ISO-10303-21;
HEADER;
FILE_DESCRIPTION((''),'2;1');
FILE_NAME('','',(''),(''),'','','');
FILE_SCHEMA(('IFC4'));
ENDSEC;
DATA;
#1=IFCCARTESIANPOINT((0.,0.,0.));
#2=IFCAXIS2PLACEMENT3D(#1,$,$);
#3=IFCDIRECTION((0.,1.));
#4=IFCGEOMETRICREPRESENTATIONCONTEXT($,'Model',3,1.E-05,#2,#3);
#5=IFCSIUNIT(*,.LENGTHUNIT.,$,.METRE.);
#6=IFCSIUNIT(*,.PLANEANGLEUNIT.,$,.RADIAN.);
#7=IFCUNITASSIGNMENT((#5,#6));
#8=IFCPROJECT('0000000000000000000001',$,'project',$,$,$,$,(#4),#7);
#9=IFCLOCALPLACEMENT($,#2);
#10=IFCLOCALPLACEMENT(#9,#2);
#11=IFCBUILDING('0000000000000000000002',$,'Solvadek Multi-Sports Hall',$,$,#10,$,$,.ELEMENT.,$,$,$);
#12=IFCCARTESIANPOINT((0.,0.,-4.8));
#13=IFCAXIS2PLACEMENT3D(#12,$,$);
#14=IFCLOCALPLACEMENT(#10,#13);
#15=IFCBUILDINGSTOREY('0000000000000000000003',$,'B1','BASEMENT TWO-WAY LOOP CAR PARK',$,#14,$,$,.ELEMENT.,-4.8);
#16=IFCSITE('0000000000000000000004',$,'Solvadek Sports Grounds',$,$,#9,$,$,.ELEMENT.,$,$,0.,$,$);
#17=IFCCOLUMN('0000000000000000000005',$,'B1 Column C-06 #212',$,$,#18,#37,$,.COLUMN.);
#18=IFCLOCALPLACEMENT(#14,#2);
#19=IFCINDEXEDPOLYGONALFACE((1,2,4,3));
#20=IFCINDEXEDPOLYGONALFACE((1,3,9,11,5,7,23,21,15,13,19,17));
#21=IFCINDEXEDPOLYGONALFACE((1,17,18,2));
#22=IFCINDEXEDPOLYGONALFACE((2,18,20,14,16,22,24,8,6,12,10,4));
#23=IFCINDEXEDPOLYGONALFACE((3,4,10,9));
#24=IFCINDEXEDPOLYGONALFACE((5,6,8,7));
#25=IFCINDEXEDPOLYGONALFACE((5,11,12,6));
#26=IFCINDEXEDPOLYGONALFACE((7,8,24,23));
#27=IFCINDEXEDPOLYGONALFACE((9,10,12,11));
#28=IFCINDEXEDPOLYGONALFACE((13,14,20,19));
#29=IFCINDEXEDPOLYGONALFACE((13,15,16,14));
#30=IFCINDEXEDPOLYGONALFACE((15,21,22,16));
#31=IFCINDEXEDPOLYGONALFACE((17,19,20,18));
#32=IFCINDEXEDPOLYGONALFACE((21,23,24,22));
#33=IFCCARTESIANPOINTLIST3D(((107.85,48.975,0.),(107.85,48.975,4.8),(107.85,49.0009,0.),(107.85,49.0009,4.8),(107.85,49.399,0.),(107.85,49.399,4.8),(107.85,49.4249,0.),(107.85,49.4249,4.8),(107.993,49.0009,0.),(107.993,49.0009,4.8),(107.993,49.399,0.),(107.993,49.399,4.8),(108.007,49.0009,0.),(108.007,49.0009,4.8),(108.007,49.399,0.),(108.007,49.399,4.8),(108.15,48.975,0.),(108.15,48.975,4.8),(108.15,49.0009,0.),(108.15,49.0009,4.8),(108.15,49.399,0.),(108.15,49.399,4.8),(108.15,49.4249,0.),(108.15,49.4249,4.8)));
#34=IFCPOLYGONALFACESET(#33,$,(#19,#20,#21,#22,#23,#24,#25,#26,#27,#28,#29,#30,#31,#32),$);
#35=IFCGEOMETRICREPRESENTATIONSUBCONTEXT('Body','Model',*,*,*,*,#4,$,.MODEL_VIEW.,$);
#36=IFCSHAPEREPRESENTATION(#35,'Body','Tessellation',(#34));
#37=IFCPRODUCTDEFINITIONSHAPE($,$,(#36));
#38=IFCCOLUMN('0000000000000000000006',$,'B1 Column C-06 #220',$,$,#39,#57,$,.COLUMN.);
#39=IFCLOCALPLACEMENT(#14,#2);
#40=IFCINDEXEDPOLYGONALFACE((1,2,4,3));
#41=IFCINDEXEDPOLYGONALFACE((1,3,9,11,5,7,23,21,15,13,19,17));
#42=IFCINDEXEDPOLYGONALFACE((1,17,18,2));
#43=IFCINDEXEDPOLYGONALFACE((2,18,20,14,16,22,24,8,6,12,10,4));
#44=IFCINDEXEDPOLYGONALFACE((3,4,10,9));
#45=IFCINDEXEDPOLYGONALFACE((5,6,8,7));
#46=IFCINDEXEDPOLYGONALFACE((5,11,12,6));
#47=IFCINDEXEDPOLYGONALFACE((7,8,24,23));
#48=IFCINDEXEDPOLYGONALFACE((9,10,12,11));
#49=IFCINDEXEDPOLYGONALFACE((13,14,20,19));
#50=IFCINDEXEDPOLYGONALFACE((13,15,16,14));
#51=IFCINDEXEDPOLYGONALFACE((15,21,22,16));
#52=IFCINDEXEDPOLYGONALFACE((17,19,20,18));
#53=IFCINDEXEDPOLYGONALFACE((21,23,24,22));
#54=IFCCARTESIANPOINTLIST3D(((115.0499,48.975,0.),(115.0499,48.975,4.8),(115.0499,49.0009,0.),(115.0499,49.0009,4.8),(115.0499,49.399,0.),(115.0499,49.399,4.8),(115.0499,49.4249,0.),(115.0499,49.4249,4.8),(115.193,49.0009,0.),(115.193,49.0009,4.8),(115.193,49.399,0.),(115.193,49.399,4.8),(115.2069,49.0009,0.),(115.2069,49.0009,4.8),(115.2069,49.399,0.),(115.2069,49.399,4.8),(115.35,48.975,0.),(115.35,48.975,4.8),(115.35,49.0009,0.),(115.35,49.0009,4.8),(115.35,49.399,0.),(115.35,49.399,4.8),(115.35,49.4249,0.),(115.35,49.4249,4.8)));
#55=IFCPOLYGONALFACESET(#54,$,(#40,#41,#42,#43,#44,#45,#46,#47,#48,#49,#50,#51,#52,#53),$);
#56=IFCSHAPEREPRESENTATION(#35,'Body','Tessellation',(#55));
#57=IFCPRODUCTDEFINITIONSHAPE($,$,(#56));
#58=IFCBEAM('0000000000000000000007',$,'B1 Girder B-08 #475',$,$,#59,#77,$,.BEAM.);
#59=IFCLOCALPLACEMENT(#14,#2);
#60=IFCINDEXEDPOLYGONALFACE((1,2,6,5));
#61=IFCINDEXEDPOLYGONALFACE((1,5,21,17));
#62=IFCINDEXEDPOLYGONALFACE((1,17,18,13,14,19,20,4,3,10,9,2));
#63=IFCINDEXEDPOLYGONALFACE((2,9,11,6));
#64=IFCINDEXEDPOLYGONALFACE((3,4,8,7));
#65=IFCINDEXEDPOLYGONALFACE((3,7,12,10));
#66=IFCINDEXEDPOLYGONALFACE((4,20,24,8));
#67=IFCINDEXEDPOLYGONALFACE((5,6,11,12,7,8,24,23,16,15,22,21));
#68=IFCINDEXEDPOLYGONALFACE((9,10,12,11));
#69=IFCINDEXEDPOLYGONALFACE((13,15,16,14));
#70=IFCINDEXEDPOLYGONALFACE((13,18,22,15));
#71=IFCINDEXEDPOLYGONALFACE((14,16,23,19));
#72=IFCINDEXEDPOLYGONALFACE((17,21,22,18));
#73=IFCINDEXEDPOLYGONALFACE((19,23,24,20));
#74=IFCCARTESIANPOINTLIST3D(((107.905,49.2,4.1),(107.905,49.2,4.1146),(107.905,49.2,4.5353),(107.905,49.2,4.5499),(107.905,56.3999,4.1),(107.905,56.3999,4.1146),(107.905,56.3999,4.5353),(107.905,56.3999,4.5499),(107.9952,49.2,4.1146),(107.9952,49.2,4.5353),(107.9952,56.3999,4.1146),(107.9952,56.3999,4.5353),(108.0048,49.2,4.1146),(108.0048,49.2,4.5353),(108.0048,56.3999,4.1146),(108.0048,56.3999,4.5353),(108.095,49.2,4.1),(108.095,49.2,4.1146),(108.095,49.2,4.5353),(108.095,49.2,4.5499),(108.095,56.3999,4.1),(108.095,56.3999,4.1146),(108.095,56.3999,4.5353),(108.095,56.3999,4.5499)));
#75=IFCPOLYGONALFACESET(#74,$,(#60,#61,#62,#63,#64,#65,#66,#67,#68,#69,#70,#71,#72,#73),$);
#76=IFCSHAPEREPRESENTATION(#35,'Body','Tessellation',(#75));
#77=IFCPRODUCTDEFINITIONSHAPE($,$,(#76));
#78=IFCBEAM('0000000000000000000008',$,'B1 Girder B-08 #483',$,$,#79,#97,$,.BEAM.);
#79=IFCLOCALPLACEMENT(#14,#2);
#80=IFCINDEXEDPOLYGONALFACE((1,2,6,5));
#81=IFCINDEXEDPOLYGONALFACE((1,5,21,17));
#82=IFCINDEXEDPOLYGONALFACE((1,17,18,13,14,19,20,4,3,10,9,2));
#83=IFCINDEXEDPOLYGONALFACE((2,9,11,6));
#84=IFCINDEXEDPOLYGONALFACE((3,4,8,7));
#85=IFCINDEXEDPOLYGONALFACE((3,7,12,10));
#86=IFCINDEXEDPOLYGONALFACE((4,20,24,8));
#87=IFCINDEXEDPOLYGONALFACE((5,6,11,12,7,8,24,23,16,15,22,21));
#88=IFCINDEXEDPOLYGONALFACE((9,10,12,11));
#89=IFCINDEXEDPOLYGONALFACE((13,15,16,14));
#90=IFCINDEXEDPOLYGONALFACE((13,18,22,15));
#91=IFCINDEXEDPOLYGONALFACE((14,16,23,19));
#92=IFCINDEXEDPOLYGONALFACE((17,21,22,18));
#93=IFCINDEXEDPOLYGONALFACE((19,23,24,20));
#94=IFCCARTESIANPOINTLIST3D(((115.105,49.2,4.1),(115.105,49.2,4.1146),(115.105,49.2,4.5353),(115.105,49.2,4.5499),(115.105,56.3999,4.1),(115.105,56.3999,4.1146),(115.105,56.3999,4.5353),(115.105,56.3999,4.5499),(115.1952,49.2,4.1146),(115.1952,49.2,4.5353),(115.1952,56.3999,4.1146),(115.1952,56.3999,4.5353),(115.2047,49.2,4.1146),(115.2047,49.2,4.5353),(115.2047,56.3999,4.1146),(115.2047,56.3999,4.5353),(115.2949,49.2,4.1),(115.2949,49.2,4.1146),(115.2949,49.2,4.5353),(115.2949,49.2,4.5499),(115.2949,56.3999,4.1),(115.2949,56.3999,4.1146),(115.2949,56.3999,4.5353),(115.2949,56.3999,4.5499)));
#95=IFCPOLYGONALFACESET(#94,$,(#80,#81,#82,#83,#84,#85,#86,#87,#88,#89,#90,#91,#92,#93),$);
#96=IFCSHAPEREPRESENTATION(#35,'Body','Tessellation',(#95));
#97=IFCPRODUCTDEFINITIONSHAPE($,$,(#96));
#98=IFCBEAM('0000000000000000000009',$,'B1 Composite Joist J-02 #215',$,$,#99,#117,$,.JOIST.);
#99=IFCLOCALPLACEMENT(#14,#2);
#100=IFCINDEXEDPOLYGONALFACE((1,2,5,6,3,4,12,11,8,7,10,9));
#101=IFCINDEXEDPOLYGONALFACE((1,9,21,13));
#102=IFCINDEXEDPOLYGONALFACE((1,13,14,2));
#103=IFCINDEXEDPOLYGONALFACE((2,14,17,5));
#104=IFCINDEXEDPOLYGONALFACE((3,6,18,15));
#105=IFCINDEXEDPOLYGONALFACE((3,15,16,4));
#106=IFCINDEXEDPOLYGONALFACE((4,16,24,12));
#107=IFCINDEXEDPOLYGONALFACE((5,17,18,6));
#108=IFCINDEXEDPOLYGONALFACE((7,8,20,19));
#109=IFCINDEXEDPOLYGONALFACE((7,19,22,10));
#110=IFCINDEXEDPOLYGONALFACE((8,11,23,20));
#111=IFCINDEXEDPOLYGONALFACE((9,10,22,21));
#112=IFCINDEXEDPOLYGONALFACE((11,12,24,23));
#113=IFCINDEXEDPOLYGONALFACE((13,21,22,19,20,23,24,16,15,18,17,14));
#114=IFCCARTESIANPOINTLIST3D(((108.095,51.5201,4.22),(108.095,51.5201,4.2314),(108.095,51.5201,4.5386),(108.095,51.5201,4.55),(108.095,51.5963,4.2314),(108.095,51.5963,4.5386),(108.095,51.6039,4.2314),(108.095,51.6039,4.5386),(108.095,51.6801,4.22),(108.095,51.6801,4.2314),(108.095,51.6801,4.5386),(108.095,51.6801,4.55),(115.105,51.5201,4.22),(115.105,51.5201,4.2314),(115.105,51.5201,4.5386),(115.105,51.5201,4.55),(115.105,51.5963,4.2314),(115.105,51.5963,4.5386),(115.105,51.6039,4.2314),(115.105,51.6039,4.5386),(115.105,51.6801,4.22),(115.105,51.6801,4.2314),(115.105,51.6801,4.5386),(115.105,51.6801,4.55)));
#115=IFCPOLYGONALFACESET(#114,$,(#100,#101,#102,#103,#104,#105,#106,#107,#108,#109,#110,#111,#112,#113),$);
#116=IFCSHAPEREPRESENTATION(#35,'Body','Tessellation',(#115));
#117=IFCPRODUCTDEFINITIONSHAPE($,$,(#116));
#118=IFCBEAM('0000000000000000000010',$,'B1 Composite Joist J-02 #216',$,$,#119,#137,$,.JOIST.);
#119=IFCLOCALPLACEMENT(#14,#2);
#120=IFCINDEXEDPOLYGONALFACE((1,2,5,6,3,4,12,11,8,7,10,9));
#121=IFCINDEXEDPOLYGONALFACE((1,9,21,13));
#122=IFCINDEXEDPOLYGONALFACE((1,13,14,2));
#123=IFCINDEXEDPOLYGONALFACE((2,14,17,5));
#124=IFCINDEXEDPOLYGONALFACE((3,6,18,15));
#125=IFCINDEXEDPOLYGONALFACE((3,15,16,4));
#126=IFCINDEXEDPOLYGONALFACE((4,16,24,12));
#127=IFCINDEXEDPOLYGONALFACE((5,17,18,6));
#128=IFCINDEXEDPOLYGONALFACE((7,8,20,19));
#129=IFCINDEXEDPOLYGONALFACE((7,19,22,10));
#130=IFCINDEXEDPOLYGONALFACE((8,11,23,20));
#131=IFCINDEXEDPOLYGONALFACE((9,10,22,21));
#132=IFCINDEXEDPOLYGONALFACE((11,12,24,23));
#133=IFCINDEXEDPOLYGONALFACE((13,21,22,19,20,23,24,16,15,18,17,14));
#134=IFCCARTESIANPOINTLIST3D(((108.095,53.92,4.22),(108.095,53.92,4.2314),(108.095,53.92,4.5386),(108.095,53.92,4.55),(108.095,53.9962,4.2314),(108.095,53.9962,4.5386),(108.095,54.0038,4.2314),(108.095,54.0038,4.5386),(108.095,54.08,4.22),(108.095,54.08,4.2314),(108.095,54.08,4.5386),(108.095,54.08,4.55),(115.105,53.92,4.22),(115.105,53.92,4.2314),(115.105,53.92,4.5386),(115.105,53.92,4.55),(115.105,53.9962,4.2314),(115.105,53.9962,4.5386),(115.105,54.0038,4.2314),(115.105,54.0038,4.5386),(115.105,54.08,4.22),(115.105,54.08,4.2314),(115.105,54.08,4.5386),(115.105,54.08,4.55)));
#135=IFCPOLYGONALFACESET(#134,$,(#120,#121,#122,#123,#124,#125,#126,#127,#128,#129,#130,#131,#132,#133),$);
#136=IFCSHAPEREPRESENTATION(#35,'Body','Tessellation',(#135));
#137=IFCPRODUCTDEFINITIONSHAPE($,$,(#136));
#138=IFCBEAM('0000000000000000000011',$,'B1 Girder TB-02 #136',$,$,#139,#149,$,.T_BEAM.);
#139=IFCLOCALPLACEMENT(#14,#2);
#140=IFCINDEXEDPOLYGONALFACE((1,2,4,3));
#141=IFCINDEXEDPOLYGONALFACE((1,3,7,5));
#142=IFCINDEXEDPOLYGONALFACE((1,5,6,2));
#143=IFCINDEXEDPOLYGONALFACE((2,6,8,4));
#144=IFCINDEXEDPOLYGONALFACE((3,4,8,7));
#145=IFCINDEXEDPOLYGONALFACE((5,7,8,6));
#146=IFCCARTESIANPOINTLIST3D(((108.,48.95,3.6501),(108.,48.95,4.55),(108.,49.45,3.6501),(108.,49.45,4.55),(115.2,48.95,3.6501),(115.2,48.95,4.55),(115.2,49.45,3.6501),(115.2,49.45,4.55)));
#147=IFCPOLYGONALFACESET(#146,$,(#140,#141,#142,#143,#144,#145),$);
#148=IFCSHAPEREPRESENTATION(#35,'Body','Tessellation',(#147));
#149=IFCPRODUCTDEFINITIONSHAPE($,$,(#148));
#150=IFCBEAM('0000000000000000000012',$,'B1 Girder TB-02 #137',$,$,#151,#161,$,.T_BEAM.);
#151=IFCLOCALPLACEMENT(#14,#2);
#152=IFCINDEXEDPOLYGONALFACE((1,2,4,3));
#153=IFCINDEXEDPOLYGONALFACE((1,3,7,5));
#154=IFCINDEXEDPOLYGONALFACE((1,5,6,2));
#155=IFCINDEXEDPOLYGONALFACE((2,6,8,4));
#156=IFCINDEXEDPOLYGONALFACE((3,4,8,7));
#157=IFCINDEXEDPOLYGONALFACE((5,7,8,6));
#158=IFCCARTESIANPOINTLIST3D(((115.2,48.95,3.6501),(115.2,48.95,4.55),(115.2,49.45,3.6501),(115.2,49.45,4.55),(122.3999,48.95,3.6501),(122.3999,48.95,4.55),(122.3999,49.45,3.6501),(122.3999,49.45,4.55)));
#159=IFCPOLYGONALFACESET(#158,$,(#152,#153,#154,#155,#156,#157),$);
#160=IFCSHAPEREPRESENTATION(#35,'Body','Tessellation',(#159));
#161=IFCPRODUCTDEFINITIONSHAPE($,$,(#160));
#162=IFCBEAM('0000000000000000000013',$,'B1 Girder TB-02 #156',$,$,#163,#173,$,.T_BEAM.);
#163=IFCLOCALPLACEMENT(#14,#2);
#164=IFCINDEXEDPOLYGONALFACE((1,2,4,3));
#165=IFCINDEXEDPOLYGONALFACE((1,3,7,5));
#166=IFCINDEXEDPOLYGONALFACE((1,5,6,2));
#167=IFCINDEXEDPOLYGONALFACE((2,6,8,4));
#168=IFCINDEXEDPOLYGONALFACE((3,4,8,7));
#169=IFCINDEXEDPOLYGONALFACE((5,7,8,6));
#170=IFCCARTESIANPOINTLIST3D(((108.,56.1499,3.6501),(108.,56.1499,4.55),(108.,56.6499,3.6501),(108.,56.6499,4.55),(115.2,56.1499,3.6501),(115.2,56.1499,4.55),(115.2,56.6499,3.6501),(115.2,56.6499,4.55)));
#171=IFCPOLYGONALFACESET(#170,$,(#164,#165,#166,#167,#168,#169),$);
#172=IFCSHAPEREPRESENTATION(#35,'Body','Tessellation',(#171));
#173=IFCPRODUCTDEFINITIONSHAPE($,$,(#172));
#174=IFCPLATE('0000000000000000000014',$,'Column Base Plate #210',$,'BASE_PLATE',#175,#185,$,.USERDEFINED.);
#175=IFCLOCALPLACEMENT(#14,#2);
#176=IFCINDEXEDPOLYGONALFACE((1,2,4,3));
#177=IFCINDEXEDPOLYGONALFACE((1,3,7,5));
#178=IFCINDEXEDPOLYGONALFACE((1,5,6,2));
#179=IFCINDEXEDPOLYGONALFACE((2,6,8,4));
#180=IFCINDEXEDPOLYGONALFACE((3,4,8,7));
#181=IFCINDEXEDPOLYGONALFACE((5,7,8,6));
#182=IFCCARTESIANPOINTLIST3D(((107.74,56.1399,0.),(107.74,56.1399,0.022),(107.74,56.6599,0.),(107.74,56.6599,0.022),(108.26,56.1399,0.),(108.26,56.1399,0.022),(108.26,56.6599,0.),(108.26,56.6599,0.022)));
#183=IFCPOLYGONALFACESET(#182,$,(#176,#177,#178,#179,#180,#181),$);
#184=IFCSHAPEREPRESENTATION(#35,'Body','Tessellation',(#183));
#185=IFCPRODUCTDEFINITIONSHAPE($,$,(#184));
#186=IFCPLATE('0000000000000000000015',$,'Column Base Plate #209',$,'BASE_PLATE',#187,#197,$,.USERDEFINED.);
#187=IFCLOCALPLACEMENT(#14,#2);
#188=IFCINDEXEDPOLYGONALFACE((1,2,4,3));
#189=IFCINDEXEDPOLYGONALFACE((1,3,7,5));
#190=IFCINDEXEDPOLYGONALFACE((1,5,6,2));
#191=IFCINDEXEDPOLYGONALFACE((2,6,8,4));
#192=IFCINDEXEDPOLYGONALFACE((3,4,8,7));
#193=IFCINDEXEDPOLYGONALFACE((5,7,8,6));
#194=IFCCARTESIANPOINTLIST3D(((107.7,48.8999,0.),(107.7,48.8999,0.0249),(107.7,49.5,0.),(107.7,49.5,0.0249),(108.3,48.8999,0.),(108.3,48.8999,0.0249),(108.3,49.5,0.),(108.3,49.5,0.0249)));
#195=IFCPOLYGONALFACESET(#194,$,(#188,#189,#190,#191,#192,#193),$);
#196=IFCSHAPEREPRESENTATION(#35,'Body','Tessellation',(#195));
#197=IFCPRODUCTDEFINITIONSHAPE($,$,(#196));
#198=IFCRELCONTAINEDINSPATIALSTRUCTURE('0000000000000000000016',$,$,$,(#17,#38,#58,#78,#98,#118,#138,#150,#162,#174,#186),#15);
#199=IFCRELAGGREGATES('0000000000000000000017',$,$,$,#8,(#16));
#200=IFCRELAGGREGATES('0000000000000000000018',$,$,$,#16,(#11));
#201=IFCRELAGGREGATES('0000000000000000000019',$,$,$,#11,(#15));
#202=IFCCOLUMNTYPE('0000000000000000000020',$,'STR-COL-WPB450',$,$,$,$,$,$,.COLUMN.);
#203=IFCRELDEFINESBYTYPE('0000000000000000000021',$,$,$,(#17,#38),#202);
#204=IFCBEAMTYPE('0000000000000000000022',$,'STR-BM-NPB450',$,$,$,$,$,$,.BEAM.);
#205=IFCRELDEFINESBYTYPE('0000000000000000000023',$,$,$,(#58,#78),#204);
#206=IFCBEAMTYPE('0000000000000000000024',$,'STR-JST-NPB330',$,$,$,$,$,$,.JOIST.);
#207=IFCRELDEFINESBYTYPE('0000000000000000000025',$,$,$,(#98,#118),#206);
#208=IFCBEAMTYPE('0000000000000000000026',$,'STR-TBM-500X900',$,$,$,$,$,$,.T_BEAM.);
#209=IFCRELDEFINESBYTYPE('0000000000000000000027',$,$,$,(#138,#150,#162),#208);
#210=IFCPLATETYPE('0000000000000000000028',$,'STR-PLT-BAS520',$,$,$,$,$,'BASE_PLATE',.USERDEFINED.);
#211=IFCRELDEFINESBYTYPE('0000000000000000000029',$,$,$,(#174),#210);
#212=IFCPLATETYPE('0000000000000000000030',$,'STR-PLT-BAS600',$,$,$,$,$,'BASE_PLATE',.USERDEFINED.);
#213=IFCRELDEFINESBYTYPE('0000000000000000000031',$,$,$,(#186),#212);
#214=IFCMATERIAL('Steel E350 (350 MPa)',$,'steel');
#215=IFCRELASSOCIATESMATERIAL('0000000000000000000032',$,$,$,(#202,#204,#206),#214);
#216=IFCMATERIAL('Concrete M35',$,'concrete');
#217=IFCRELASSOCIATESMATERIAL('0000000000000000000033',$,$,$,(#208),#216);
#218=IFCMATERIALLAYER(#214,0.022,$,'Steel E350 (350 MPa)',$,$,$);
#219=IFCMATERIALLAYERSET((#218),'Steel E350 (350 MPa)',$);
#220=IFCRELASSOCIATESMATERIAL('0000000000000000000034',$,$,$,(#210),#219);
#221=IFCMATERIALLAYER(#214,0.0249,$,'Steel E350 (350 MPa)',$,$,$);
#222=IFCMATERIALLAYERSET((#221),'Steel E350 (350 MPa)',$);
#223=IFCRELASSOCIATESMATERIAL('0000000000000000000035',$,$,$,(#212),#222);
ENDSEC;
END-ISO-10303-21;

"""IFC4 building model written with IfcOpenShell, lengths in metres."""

from ifc_helpers import new_model, si_unit, direction, frame, origin, origin_2d, place, context, subcontext, project, spatial, rectangle, i_section, extrude, material, layer, layer_set, material_profile, profile_set, type_object, element, save


model = new_model("IFC4")

# Units and contexts
model_context = context("Model", 3, precision=1e-05, world=origin(), true_north=direction((0.0, 1.0)))
body_context = subcontext(model_context, "Body", "Model", "MODEL_VIEW")
ifc_project = project(units=[si_unit("LENGTHUNIT", "METRE"), si_unit("PLANEANGLEUNIT", "RADIAN")], contexts=[model_context])

# Site, building, storey
site_placement = place(None, origin())
site = spatial("IfcSite", under=ifc_project, at=site_placement, Name="Solvadek Sports Grounds", CompositionType="ELEMENT", RefElevation=0.0)
building_placement = place(site_placement, origin())
building = spatial("IfcBuilding", under=site, at=building_placement, Name="Solvadek Multi-Sports Hall", CompositionType="ELEMENT")
storey_placement = place(building_placement, frame((0.0, 0.0, -4.8)))
storey = spatial("IfcBuildingStorey", under=building, at=storey_placement, Name="B1", Description="BASEMENT TWO-WAY LOOP CAR PARK", CompositionType="ELEMENT", Elevation=-4.8)

# Shared definitions
ifc_material_1 = material(Name="Concrete M35", Category="concrete")

# Columns
ifc_material_2 = material(Name="Steel E350 (350 MPa)", Category="steel")
ifc_material_profile_1 = material_profile(ifc_material_2, i_section(OverallWidth=0.3, OverallDepth=0.45, WebThickness=0.0139, FlangeThickness=0.0259, at=origin_2d()), Name="WPB 450")
ifc_profile_set_1 = profile_set([ifc_material_profile_1], Name="Steel E350 (350 MPa)")
column_type_1 = type_object("IfcColumnType", Name="STR-COL-WPB450", PredefinedType="COLUMN", material=ifc_profile_set_1)
for number, where, z_axis, x_axis, name in (
    (1, (108.0, 49.2, 0.0), (0.0, 0.0, 1.0), (1.0, 0.0, 0.0), "B1 Column C-06 #212"),
    (2, (115.2, 49.2, 0.0), (0.0, 0.0, 1.0), (1.0, 0.0, 0.0), "B1 Column C-06 #220"),
):
    element("IfcColumn", number, at=place(storey_placement, frame(where, z_axis=z_axis, x_axis=x_axis)), inside=storey, type_object=column_type_1, Name=name, PredefinedType="COLUMN", context=body_context, shape_type="SweptSolid", body=[
        extrude(i_section(OverallWidth=0.3, OverallDepth=0.45, WebThickness=0.0139, FlangeThickness=0.0259, at=origin_2d()), origin(), (0.0, 0.0, 1.0), 4.8),
    ])

# Beams
ifc_material_profile_2 = material_profile(ifc_material_2, i_section(OverallWidth=0.1899, OverallDepth=0.45, WebThickness=0.0095, FlangeThickness=0.0146, at=origin_2d()), Name="NPB 450")
ifc_profile_set_2 = profile_set([ifc_material_profile_2], Name="Steel E350 (350 MPa)")
beam_type_1 = type_object("IfcBeamType", Name="STR-BM-NPB450", PredefinedType="BEAM", material=ifc_profile_set_2)
for number, where, z_axis, x_axis, name in (
    (3, (108.0, 49.2, 4.325), (0.0, 1.0, 0.0), (-1.0, 0.0, 0.0), "B1 Girder B-08 #475"),
    (4, (115.2, 49.2, 4.325), (0.0, 1.0, 0.0), (-1.0, 0.0, 0.0), "B1 Girder B-08 #483"),
):
    element("IfcBeam", number, at=place(storey_placement, frame(where, z_axis=z_axis, x_axis=x_axis)), inside=storey, type_object=beam_type_1, Name=name, PredefinedType="BEAM", context=body_context, shape_type="SweptSolid", body=[
        extrude(i_section(OverallWidth=0.1899, OverallDepth=0.45, WebThickness=0.0095, FlangeThickness=0.0146, at=origin_2d()), origin(), (0.0, 0.0, 1.0), 7.2),
    ])
ifc_material_profile_3 = material_profile(ifc_material_2, i_section(OverallWidth=0.1599, OverallDepth=0.3301, WebThickness=0.0076, FlangeThickness=0.0115, at=origin_2d()), Name="NPB 330")
ifc_profile_set_3 = profile_set([ifc_material_profile_3], Name="Steel E350 (350 MPa)")
beam_type_2 = type_object("IfcBeamType", Name="STR-JST-NPB330", PredefinedType="JOIST", material=ifc_profile_set_3)
for number, where, z_axis, x_axis, name in (
    (5, (108.095, 51.6001, 4.385), (1.0, 0.0, 0.0), (0.0, 1.0, 0.0), "B1 Composite Joist J-02 #215"),
    (6, (108.095, 54.0, 4.385), (1.0, 0.0, 0.0), (0.0, 1.0, 0.0), "B1 Composite Joist J-02 #216"),
):
    element("IfcBeam", number, at=place(storey_placement, frame(where, z_axis=z_axis, x_axis=x_axis)), inside=storey, type_object=beam_type_2, Name=name, PredefinedType="JOIST", context=body_context, shape_type="SweptSolid", body=[
        extrude(i_section(OverallWidth=0.1599, OverallDepth=0.3301, WebThickness=0.0076, FlangeThickness=0.0115, at=origin_2d()), origin(), (0.0, 0.0, 1.0), 7.01),
    ])
ifc_material_profile_4 = material_profile(ifc_material_1, rectangle(XDim=0.5, YDim=0.8999, at=origin_2d()), Name="RC T-BEAM 500x900")
ifc_profile_set_4 = profile_set([ifc_material_profile_4], Name="Concrete M35")
beam_type_3 = type_object("IfcBeamType", Name="STR-TBM-500X900", PredefinedType="T_BEAM", material=ifc_profile_set_4)
for number, where, z_axis, x_axis, name in (
    (7, (108.0, 49.2, 4.1001), (1.0, 0.0, 0.0), (0.0, 1.0, 0.0), "B1 Girder TB-02 #136"),
    (8, (115.2, 49.2, 4.1001), (1.0, 0.0, 0.0), (0.0, 1.0, 0.0), "B1 Girder TB-02 #137"),
    (9, (108.0, 56.3999, 4.1001), (1.0, 0.0, 0.0), (0.0, 1.0, 0.0), "B1 Girder TB-02 #156"),
):
    element("IfcBeam", number, at=place(storey_placement, frame(where, z_axis=z_axis, x_axis=x_axis)), inside=storey, type_object=beam_type_3, Name=name, PredefinedType="T_BEAM", context=body_context, shape_type="SweptSolid", body=[
        extrude(rectangle(XDim=0.5, YDim=0.8999, at=origin_2d()), origin(), (0.0, 0.0, 1.0), 7.2),
    ])

# Plates
ifc_layer_1 = layer(ifc_material_2, 0.022, Name="Steel E350 (350 MPa)")
ifc_layer_set_1 = layer_set([ifc_layer_1], Name="Steel E350 (350 MPa)")
plate_type_1 = type_object("IfcPlateType", Name="STR-PLT-BAS520", ElementType="BASE_PLATE", PredefinedType="USERDEFINED", material=ifc_layer_set_1)
plate_placement = place(storey_placement, frame((108.0, 56.3999, 0.0), z_axis=(0.0, 0.0, 1.0), x_axis=(1.0, 0.0, 0.0)))
element("IfcPlate", 10, at=plate_placement, inside=storey, type_object=plate_type_1, Name="Column Base Plate #210", ObjectType="BASE_PLATE", PredefinedType="USERDEFINED", context=body_context, shape_type="SweptSolid", body=[
    extrude(rectangle(XDim=0.52, YDim=0.52, at=origin_2d()), origin(), (0.0, 0.0, 1.0), 0.022),
])
ifc_layer_2 = layer(ifc_material_2, 0.0249, Name="Steel E350 (350 MPa)")
ifc_layer_set_2 = layer_set([ifc_layer_2], Name="Steel E350 (350 MPa)")
plate_type_2 = type_object("IfcPlateType", Name="STR-PLT-BAS600", ElementType="BASE_PLATE", PredefinedType="USERDEFINED", material=ifc_layer_set_2)
for number, where, z_axis, x_axis, name in (
    (11, (108.0, 49.2, 0.0), (0.0, 0.0, 1.0), (1.0, 0.0, 0.0), "Column Base Plate #209"),
):
    element("IfcPlate", number, at=place(storey_placement, frame(where, z_axis=z_axis, x_axis=x_axis)), inside=storey, type_object=plate_type_2, Name=name, ObjectType="BASE_PLATE", PredefinedType="USERDEFINED", context=body_context, shape_type="SweptSolid", body=[
        extrude(rectangle(XDim=0.6001, YDim=0.6001, at=origin_2d()), origin(), (0.0, 0.0, 1.0), 0.0249),
    ])

save(model, "model.ifc")
